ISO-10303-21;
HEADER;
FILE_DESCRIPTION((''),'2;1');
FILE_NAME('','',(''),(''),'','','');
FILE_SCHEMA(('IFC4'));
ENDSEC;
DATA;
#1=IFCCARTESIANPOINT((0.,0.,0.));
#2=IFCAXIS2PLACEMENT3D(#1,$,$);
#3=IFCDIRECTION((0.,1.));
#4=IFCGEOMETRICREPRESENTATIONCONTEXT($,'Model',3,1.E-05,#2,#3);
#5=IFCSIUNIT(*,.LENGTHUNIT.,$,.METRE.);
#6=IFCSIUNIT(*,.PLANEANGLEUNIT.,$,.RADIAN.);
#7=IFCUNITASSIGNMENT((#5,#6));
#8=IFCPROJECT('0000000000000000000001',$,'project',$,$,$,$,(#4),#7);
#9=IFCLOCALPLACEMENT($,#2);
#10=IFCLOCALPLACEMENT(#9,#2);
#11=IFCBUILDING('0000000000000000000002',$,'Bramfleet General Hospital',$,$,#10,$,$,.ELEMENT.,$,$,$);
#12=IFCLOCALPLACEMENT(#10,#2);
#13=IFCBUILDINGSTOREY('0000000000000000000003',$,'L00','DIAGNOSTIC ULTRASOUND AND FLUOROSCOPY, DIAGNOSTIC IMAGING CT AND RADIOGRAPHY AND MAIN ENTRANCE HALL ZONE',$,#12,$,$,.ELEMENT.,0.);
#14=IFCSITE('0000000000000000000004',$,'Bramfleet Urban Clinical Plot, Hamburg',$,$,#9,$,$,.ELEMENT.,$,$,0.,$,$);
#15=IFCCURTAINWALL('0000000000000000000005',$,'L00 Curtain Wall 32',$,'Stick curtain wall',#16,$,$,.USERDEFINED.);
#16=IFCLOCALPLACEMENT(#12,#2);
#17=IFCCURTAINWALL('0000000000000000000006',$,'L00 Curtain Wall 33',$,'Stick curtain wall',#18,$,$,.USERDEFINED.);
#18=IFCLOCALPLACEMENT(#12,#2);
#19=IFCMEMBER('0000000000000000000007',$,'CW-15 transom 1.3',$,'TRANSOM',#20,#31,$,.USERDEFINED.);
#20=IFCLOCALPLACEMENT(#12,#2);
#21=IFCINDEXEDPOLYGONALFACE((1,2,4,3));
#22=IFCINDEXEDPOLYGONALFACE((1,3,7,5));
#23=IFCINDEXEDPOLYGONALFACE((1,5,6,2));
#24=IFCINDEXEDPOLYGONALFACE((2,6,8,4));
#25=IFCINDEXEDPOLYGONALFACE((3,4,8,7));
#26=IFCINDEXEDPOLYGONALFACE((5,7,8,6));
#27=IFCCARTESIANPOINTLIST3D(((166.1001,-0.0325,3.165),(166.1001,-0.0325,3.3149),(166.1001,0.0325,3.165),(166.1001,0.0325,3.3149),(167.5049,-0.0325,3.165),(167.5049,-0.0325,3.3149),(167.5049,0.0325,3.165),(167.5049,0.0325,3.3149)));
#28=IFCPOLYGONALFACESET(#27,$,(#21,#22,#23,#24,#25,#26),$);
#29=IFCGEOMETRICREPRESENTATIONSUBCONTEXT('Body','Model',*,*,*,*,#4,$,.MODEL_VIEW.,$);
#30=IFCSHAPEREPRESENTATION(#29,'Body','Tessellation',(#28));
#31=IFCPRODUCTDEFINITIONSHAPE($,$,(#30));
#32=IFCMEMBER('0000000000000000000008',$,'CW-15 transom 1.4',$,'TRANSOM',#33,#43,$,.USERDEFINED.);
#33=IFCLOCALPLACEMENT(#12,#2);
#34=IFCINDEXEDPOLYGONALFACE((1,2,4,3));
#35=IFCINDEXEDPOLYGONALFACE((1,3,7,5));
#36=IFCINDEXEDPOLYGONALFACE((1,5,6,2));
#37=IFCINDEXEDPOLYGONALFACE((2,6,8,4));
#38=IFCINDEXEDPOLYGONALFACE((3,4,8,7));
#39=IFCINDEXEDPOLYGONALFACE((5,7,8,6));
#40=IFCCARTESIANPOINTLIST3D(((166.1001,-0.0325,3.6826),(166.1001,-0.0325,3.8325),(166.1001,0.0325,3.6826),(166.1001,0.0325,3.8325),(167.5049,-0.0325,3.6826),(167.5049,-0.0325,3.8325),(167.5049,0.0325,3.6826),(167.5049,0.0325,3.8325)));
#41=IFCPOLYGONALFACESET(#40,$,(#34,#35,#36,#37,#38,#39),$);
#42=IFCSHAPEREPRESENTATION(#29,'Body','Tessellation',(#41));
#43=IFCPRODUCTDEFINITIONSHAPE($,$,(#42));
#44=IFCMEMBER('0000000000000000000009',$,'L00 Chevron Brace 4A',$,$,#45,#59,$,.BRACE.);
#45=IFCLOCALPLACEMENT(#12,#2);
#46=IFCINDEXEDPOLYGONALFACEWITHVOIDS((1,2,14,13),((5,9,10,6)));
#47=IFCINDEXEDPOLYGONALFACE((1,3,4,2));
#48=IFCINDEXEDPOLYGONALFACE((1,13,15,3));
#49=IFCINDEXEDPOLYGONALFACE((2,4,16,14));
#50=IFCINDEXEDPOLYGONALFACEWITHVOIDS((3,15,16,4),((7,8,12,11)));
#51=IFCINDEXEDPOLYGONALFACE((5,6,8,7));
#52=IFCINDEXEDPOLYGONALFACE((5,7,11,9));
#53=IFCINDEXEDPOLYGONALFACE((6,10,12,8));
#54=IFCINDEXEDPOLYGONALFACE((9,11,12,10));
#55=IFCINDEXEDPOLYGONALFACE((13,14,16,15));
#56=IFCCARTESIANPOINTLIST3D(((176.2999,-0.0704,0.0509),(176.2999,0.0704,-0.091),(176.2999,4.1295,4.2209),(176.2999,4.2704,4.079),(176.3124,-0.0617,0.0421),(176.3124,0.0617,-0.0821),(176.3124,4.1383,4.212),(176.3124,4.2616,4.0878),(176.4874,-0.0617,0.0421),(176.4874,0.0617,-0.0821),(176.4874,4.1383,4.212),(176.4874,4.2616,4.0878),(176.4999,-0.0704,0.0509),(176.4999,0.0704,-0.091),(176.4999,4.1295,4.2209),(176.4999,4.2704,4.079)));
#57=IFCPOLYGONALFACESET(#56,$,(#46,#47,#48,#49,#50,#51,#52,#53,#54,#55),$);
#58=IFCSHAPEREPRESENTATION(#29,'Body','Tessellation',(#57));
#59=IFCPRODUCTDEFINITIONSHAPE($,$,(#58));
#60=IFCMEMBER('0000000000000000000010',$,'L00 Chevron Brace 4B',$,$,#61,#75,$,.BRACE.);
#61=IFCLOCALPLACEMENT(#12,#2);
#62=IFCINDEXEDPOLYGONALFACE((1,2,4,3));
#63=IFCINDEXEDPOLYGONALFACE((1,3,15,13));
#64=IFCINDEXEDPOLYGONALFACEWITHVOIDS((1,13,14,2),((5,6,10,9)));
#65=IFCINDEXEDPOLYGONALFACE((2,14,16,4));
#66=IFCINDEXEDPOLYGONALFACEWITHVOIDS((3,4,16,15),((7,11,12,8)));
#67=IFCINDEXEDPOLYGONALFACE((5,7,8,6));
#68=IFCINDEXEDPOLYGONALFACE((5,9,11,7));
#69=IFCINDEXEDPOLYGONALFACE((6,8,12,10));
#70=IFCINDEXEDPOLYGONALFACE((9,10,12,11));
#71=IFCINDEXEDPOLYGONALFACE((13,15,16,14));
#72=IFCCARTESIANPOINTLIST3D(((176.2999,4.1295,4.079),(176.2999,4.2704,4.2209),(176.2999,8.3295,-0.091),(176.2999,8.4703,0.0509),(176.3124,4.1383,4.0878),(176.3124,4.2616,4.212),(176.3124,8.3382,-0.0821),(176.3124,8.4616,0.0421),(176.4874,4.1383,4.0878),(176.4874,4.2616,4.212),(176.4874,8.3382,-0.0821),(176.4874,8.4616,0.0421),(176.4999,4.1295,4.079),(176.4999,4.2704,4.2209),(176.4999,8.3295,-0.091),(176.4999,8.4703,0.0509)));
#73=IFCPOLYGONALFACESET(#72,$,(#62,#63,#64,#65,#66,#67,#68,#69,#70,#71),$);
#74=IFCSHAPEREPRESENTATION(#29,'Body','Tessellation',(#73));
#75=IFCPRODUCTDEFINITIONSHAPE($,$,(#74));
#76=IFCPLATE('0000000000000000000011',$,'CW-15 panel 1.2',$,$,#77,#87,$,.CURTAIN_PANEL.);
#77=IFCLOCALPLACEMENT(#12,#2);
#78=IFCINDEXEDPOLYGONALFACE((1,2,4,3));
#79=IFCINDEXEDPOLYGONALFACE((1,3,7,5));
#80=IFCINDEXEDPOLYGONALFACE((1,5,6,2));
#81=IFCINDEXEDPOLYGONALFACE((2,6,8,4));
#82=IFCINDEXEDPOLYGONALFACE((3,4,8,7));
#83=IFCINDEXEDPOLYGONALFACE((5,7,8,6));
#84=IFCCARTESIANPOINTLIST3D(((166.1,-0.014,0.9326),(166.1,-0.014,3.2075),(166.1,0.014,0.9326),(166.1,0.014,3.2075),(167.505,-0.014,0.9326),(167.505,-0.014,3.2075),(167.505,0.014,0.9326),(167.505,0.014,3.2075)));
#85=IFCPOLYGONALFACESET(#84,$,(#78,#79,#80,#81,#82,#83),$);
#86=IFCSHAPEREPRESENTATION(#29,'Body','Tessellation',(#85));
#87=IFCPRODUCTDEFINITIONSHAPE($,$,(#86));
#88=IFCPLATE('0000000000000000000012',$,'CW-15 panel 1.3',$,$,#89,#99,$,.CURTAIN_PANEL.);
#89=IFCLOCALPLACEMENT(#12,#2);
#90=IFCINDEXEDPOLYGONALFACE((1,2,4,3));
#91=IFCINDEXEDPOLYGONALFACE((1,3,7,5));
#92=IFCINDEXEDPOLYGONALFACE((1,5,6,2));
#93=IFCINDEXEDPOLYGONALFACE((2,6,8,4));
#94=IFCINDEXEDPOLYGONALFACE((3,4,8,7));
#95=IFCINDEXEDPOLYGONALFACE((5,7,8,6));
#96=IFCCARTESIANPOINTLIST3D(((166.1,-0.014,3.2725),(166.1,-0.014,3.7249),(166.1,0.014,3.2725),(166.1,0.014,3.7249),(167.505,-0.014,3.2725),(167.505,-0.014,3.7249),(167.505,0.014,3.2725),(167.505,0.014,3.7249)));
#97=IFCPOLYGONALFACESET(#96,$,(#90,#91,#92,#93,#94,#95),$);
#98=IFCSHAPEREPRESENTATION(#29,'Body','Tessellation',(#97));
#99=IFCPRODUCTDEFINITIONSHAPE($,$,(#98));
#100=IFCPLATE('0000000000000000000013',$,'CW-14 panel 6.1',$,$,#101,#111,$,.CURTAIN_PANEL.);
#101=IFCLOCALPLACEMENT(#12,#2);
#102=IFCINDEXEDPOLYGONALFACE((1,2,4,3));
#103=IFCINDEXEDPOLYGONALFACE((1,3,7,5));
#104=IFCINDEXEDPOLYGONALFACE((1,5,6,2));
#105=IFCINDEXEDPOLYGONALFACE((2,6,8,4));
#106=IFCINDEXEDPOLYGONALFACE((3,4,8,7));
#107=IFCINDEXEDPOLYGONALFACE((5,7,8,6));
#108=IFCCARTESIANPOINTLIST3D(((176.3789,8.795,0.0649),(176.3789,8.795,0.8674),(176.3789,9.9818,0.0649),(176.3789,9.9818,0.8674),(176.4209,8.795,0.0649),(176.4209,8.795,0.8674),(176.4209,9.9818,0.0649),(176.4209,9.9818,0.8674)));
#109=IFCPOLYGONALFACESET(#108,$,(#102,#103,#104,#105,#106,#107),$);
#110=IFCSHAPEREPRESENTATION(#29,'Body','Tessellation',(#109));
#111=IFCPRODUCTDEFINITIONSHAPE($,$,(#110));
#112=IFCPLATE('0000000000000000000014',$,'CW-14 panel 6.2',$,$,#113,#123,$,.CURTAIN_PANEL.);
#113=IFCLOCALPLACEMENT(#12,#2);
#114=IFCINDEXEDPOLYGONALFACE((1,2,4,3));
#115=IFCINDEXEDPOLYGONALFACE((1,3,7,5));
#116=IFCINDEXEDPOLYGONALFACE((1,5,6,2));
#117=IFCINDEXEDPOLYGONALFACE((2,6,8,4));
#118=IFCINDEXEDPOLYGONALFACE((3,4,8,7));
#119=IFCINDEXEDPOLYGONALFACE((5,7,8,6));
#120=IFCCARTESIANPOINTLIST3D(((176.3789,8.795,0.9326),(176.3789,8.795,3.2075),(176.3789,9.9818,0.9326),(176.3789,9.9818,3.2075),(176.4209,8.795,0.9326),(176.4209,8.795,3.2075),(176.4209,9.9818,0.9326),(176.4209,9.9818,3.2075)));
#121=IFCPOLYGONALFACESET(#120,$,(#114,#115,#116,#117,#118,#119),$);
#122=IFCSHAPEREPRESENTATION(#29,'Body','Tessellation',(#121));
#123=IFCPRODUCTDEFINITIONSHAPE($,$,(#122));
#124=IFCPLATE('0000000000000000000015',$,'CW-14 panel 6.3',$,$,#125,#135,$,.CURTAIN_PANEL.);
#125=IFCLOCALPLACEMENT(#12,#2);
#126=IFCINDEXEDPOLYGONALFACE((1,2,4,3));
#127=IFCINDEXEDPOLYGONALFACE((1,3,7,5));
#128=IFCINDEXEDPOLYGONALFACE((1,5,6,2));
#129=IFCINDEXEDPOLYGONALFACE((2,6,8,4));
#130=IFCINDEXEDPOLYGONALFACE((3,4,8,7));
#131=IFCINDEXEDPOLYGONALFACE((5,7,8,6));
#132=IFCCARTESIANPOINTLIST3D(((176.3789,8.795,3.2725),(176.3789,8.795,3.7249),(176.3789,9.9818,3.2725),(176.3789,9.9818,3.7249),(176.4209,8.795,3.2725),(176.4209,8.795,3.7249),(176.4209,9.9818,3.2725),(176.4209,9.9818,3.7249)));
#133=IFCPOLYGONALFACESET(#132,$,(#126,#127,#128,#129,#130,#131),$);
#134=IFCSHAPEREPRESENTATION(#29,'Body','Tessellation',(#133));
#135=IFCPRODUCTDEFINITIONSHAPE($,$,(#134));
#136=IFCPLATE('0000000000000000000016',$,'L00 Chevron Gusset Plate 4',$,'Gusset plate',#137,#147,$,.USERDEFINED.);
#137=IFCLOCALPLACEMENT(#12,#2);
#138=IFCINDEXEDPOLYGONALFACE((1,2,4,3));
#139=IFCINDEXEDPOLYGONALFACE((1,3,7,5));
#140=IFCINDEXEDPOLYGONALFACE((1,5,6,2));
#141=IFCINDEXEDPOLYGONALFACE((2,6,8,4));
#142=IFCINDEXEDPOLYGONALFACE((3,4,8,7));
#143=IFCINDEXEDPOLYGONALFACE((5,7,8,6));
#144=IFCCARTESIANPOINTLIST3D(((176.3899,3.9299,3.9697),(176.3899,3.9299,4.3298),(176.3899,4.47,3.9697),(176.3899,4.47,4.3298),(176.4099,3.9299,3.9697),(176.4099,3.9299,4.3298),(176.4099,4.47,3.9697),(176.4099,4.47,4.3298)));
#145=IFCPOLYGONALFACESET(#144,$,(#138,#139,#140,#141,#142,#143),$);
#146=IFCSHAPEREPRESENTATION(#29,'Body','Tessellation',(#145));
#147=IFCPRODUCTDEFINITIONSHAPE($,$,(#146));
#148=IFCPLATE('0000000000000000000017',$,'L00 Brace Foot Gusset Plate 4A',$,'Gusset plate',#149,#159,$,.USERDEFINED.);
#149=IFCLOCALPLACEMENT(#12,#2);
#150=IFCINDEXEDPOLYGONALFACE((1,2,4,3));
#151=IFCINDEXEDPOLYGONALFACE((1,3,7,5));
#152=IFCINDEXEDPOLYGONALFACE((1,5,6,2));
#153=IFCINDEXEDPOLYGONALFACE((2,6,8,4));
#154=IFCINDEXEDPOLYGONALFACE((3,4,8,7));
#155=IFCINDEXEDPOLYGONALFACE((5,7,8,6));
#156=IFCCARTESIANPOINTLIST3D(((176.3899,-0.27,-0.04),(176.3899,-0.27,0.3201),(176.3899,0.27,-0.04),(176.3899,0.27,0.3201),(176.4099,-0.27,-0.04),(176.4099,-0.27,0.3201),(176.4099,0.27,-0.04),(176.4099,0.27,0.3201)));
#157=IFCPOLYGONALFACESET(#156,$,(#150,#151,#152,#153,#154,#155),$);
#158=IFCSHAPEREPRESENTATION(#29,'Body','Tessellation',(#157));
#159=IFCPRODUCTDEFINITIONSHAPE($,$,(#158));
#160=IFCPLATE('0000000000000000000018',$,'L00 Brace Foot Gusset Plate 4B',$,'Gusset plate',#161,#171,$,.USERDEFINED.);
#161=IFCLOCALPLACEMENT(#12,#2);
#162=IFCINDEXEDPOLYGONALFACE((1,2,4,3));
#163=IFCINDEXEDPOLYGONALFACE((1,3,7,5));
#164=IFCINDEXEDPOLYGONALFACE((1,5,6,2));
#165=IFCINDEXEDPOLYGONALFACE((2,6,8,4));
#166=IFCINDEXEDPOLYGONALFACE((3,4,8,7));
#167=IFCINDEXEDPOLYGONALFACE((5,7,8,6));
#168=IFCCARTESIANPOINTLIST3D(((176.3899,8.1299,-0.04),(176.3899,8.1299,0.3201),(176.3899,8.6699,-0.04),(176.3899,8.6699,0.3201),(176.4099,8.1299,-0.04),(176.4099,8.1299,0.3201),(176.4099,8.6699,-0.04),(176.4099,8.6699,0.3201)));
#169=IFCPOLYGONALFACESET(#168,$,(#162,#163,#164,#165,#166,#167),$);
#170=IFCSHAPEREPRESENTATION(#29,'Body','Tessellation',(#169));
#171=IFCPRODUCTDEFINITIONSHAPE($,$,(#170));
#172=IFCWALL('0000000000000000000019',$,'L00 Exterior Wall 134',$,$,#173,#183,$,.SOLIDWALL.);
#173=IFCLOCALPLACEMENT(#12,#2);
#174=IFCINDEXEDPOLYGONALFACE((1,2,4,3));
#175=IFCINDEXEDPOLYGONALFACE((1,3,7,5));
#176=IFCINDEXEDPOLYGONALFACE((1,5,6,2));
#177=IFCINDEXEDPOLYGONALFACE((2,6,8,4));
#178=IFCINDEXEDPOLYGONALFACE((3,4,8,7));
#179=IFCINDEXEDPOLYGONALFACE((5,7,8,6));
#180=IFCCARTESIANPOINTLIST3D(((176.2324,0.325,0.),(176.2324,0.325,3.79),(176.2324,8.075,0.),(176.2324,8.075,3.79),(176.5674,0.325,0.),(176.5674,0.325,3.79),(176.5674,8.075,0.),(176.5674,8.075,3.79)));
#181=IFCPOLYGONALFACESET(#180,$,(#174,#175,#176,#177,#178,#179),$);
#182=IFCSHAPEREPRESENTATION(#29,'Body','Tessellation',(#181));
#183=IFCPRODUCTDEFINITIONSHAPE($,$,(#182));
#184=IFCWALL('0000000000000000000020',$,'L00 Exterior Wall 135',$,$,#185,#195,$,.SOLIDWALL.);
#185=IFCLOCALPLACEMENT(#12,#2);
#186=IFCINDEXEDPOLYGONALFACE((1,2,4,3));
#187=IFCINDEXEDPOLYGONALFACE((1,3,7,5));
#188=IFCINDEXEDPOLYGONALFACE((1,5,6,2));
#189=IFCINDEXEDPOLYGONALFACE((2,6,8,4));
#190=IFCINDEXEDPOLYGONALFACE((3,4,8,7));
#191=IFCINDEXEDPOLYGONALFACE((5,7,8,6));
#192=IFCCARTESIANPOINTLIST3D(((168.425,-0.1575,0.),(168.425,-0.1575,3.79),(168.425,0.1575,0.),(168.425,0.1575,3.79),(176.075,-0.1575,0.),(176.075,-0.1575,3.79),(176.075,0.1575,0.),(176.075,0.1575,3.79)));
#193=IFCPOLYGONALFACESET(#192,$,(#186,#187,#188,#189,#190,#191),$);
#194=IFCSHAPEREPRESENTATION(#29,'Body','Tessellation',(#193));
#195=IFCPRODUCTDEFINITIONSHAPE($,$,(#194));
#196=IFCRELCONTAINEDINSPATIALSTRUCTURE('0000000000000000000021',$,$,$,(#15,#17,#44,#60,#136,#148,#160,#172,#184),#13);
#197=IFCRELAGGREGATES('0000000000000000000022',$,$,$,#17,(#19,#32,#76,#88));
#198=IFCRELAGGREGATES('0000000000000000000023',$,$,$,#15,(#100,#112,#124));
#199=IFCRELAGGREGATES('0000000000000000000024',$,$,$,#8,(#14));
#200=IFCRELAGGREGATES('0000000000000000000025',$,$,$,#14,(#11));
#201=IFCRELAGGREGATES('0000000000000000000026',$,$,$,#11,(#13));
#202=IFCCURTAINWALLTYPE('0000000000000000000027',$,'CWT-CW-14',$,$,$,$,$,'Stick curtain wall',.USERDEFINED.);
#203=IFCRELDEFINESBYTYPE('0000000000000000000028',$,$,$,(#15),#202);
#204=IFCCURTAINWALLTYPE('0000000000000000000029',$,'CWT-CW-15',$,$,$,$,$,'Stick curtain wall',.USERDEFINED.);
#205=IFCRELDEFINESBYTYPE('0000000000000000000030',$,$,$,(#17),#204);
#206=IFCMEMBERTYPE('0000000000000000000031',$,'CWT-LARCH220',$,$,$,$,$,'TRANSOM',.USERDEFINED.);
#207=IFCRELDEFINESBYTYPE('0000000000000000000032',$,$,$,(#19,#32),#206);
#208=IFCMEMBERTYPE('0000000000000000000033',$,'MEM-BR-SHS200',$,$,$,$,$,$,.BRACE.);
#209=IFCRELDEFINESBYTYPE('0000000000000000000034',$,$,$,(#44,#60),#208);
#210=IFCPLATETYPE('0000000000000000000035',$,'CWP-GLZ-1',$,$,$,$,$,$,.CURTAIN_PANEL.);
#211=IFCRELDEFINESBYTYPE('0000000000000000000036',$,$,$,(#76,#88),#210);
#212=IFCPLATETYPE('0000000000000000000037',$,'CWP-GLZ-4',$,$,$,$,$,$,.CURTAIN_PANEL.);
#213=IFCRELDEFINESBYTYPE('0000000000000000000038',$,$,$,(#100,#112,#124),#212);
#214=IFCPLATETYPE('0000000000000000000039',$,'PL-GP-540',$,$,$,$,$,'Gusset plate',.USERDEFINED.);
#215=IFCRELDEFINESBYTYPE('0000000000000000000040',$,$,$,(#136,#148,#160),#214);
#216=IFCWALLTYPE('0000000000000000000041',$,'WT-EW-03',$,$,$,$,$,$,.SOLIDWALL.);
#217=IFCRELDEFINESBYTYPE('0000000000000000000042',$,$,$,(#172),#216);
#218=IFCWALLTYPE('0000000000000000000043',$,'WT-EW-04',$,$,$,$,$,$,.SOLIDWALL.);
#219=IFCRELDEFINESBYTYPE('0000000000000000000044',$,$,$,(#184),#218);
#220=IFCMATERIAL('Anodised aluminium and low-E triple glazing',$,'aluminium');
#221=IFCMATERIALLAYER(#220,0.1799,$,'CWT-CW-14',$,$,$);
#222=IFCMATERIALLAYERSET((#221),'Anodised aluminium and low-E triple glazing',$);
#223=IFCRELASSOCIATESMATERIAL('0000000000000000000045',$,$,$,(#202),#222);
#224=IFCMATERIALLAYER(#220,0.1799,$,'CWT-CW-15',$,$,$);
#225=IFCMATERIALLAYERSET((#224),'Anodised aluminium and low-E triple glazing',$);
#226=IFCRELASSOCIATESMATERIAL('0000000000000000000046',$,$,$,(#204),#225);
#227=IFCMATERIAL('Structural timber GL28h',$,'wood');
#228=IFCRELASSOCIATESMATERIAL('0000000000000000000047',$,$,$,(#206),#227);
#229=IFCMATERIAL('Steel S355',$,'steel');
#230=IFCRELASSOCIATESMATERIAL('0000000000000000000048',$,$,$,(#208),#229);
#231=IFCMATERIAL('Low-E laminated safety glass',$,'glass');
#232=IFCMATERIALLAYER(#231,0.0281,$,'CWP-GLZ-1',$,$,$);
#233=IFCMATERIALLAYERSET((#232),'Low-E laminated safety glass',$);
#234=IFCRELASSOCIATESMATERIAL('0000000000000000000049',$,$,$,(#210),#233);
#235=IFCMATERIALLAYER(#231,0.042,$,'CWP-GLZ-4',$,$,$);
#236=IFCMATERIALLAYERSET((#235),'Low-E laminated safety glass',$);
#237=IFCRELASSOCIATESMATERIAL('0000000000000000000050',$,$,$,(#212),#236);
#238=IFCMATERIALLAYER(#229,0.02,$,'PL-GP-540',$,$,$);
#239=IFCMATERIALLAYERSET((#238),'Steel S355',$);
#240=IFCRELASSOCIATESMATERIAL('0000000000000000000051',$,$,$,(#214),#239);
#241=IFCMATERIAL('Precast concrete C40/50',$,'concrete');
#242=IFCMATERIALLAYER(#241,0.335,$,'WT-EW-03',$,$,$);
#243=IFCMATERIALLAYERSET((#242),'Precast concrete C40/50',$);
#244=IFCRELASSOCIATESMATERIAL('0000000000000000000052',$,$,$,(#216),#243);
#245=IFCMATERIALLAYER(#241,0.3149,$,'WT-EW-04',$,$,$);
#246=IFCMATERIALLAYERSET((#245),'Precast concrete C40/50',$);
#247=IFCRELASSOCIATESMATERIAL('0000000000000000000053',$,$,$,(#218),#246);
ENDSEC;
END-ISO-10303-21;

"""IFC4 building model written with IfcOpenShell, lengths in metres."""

from ifc_helpers import new_model, si_unit, direction, frame, frame_2d, origin, origin_2d, place, context, subcontext, project, spatial, rectangle, hollow_rectangle, extrude, material, layer, layer_set, material_profile, profile_set, type_object, element, aggregate, save


model = new_model("IFC4")

# Units and contexts
model_context = context("Model", 3, precision=1e-05, world=origin(), true_north=direction((0.0, 1.0)))
body_context = subcontext(model_context, "Body", "Model", "MODEL_VIEW")
ifc_project = project(units=[si_unit("LENGTHUNIT", "METRE"), si_unit("PLANEANGLEUNIT", "RADIAN")], contexts=[model_context])

# Site, building, storey
site_placement = place(None, origin())
site = spatial("IfcSite", under=ifc_project, at=site_placement, Name="Bramfleet Urban Clinical Plot, Hamburg", CompositionType="ELEMENT", RefElevation=0.0)
building_placement = place(site_placement, origin())
building = spatial("IfcBuilding", under=site, at=building_placement, Name="Bramfleet General Hospital", CompositionType="ELEMENT")
storey_placement = place(building_placement, origin())
storey = spatial("IfcBuildingStorey", under=building, at=storey_placement, Name="L00", Description="DIAGNOSTIC ULTRASOUND AND FLUOROSCOPY, DIAGNOSTIC IMAGING CT AND RADIOGRAPHY AND MAIN ENTRANCE HALL ZONE", CompositionType="ELEMENT", Elevation=0.0)

# Curtain wall
ifc_material_1 = material(Name="Anodised aluminium and low-E triple glazing", Category="aluminium")
ifc_layer_1 = layer(ifc_material_1, 0.1799, Name="CWT-CW-14")
ifc_layer_set_1 = layer_set([ifc_layer_1], Name="Anodised aluminium and low-E triple glazing")
curtain_wall_type_1 = type_object("IfcCurtainWallType", Name="CWT-CW-14", ElementType="Stick curtain wall", PredefinedType="USERDEFINED", material=ifc_layer_set_1)
curtain_wall_1_placement = place(storey_placement, origin())
curtain_wall_1 = element("IfcCurtainWall", 1, at=curtain_wall_1_placement, inside=storey, type_object=curtain_wall_type_1, Name="L00 Curtain Wall 32", ObjectType="Stick curtain wall", PredefinedType="USERDEFINED")
ifc_material_2 = material(Name="Structural timber GL28h", Category="wood")

# Curtain wall, members
ifc_layer_2 = layer(ifc_material_1, 0.1799, Name="CWT-CW-15")
ifc_layer_set_2 = layer_set([ifc_layer_2], Name="Anodised aluminium and low-E triple glazing")
curtain_wall_type_2 = type_object("IfcCurtainWallType", Name="CWT-CW-15", ElementType="Stick curtain wall", PredefinedType="USERDEFINED", material=ifc_layer_set_2)
curtain_wall_2_placement = place(storey_placement, origin())
curtain_wall_2 = element("IfcCurtainWall", 2, at=curtain_wall_2_placement, inside=storey, type_object=curtain_wall_type_2, Name="L00 Curtain Wall 33", ObjectType="Stick curtain wall", PredefinedType="USERDEFINED")
ifc_material_profile_1 = material_profile(ifc_material_2, rectangle(XDim=0.0649, YDim=0.1499, at=origin_2d()), Name="LARCH 150x65")
ifc_profile_set_1 = profile_set([ifc_material_profile_1], Name="Structural timber GL28h")
member_type_1 = type_object("IfcMemberType", Name="CWT-LARCH220", ElementType="TRANSOM", PredefinedType="USERDEFINED", material=ifc_profile_set_1)
member_1_placement = place(storey_placement, frame((167.5049, 0.0, 3.24), z_axis=(-1.0, 0.0, 0.0), x_axis=(0.0, -1.0, 0.0)))
member_1 = element("IfcMember", 3, at=member_1_placement, type_object=member_type_1, Name="CW-15 transom 1.3", ObjectType="TRANSOM", PredefinedType="USERDEFINED", context=body_context, shape_type="SweptSolid", body=[
    extrude(rectangle(XDim=0.0649, YDim=0.1499, at=origin_2d()), origin(), (0.0, 0.0, 1.0), 1.4048),
])
member_2_placement = place(storey_placement, frame((167.5049, 0.0, 3.7576), z_axis=(-1.0, 0.0, 0.0), x_axis=(0.0, -1.0, 0.0)))
member_2 = element("IfcMember", 4, at=member_2_placement, type_object=member_type_1, Name="CW-15 transom 1.4", ObjectType="TRANSOM", PredefinedType="USERDEFINED", context=body_context, shape_type="SweptSolid", body=[
    extrude(rectangle(XDim=0.0649, YDim=0.1499, at=origin_2d()), origin(), (0.0, 0.0, 1.0), 1.4048),
])

# Members
ifc_material_3 = material(Name="Steel S355", Category="steel")
ifc_material_profile_2 = material_profile(ifc_material_3, hollow_rectangle(XDim=0.2, YDim=0.2, WallThickness=0.0125, at=origin_2d()), Name="SHS 200x200x12.5")
ifc_profile_set_2 = profile_set([ifc_material_profile_2], Name="Steel S355")
member_type_2 = type_object("IfcMemberType", Name="MEM-BR-SHS200", PredefinedType="BRACE", material=ifc_profile_set_2)
for number, where, z_axis, x_axis, name in (
    (5, (176.3999, 0.0, -0.02), (0.0, 0.709639, 0.704565), (-1.0, 0.0, 0.0), "L00 Chevron Brace 4A"),
    (6, (176.3999, 8.3999, -0.02), (0.0, -0.709639, 0.704565), (1.0, 0.0, 0.0), "L00 Chevron Brace 4B"),
):
    element("IfcMember", number, at=place(storey_placement, frame(where, z_axis=z_axis, x_axis=x_axis)), inside=storey, type_object=member_type_2, Name=name, PredefinedType="BRACE", context=body_context, shape_type="SweptSolid", body=[
        extrude(hollow_rectangle(XDim=0.2, YDim=0.2, WallThickness=0.0125, at=origin_2d()), origin(), (0.0, 0.0, 1.0), 5.9185),
    ])

# Plates
ifc_material_4 = material(Name="Low-E laminated safety glass", Category="glass")
ifc_layer_3 = layer(ifc_material_4, 0.0281, Name="CWP-GLZ-1")
ifc_layer_set_3 = layer_set([ifc_layer_3], Name="Low-E laminated safety glass")
plate_type_1 = type_object("IfcPlateType", Name="CWP-GLZ-1", PredefinedType="CURTAIN_PANEL", material=ifc_layer_set_3)
plate_1_placement = place(storey_placement, frame((166.8025, 0.0, 0.9326), z_axis=(0.0, 0.0, 1.0), x_axis=(-1.0, 0.0, 0.0)))
plate_1 = element("IfcPlate", 7, at=plate_1_placement, type_object=plate_type_1, Name="CW-15 panel 1.2", PredefinedType="CURTAIN_PANEL", context=body_context, shape_type="SweptSolid", body=[
    extrude(rectangle(XDim=1.405, YDim=0.0281, at=origin_2d()), origin(), (0.0, 0.0, 1.0), 2.2749),
])
plate_2_placement = place(storey_placement, frame((166.8025, 0.0, 3.2725), z_axis=(0.0, 0.0, 1.0), x_axis=(-1.0, 0.0, 0.0)))
plate_2 = element("IfcPlate", 8, at=plate_2_placement, type_object=plate_type_1, Name="CW-15 panel 1.3", PredefinedType="CURTAIN_PANEL", context=body_context, shape_type="SweptSolid", body=[
    extrude(rectangle(XDim=1.405, YDim=0.0281, at=origin_2d()), origin(), (0.0, 0.0, 1.0), 0.4524),
])
aggregate(curtain_wall_2, [member_1, member_2, plate_1, plate_2])
ifc_layer_4 = layer(ifc_material_4, 0.042, Name="CWP-GLZ-4")
ifc_layer_set_4 = layer_set([ifc_layer_4], Name="Low-E laminated safety glass")
plate_type_2 = type_object("IfcPlateType", Name="CWP-GLZ-4", PredefinedType="CURTAIN_PANEL", material=ifc_layer_set_4)
plate_3_placement = place(storey_placement, frame((176.3999, 9.3884, 0.0649), z_axis=(0.0, 0.0, 1.0), x_axis=(0.0, -1.0, 0.0)))
plate_3 = element("IfcPlate", 9, at=plate_3_placement, type_object=plate_type_2, Name="CW-14 panel 6.1", PredefinedType="CURTAIN_PANEL", context=body_context, shape_type="SweptSolid", body=[
    extrude(rectangle(XDim=1.1868, YDim=0.042, at=origin_2d()), origin(), (0.0, 0.0, 1.0), 0.8025),
])
plate_4_placement = place(storey_placement, frame((176.3999, 9.3884, 0.9326), z_axis=(0.0, 0.0, 1.0), x_axis=(0.0, -1.0, 0.0)))
plate_4 = element("IfcPlate", 10, at=plate_4_placement, type_object=plate_type_2, Name="CW-14 panel 6.2", PredefinedType="CURTAIN_PANEL", context=body_context, shape_type="SweptSolid", body=[
    extrude(rectangle(XDim=1.1868, YDim=0.042, at=origin_2d()), origin(), (0.0, 0.0, 1.0), 2.2749),
])
plate_5_placement = place(storey_placement, frame((176.3999, 9.3884, 3.2725), z_axis=(0.0, 0.0, 1.0), x_axis=(0.0, -1.0, 0.0)))
plate_5 = element("IfcPlate", 11, at=plate_5_placement, type_object=plate_type_2, Name="CW-14 panel 6.3", PredefinedType="CURTAIN_PANEL", context=body_context, shape_type="SweptSolid", body=[
    extrude(rectangle(XDim=1.1868, YDim=0.042, at=origin_2d()), origin(), (0.0, 0.0, 1.0), 0.4524),
])
aggregate(curtain_wall_1, [plate_3, plate_4, plate_5])

# Plates
ifc_layer_5 = layer(ifc_material_3, 0.02, Name="PL-GP-540")
ifc_layer_set_5 = layer_set([ifc_layer_5], Name="Steel S355")
plate_type_3 = type_object("IfcPlateType", Name="PL-GP-540", ElementType="Gusset plate", PredefinedType="USERDEFINED", material=ifc_layer_set_5)
for number, where, z_axis, x_axis, name in (
    (12, (176.3999, 4.2, 3.9697), (0.0, 0.0, 1.0), (1.0, 0.0, 0.0), "L00 Chevron Gusset Plate 4"),
    (13, (176.3999, 0.0, -0.04), (0.0, 0.0, 1.0), (1.0, 0.0, 0.0), "L00 Brace Foot Gusset Plate 4A"),
    (14, (176.3999, 8.3999, -0.04), (0.0, 0.0, 1.0), (1.0, 0.0, 0.0), "L00 Brace Foot Gusset Plate 4B"),
):
    element("IfcPlate", number, at=place(storey_placement, frame(where, z_axis=z_axis, x_axis=x_axis)), inside=storey, type_object=plate_type_3, Name=name, ObjectType="Gusset plate", PredefinedType="USERDEFINED", context=body_context, shape_type="SweptSolid", body=[
        extrude(rectangle(XDim=0.02, YDim=0.54, at=origin_2d()), origin(), (0.0, 0.0, 1.0), 0.3601),
    ])

# Walls
ifc_material_5 = material(Name="Precast concrete C40/50", Category="concrete")
ifc_layer_6 = layer(ifc_material_5, 0.335, Name="WT-EW-03")
ifc_layer_set_6 = layer_set([ifc_layer_6], Name="Precast concrete C40/50")
wall_type_1 = type_object("IfcWallType", Name="WT-EW-03", PredefinedType="SOLIDWALL", material=ifc_layer_set_6)
wall_1_placement = place(storey_placement, frame((176.3999, 8.075, 0.0), z_axis=(0.0, 0.0, 1.0), x_axis=(0.0, -1.0, 0.0)))
element("IfcWall", 15, at=wall_1_placement, inside=storey, type_object=wall_type_1, Name="L00 Exterior Wall 134", PredefinedType="SOLIDWALL", context=body_context, shape_type="SweptSolid", body=[
    extrude(rectangle(XDim=7.75, YDim=0.335, at=frame_2d((3.875, 0.0))), origin(), (0.0, 0.0, 1.0), 3.79),
])
ifc_layer_7 = layer(ifc_material_5, 0.3149, Name="WT-EW-04")
ifc_layer_set_7 = layer_set([ifc_layer_7], Name="Precast concrete C40/50")
wall_type_2 = type_object("IfcWallType", Name="WT-EW-04", PredefinedType="SOLIDWALL", material=ifc_layer_set_7)
wall_2_placement = place(storey_placement, frame((176.075, 0.0, 0.0), z_axis=(0.0, 0.0, 1.0), x_axis=(-1.0, 0.0, 0.0)))
element("IfcWall", 16, at=wall_2_placement, inside=storey, type_object=wall_type_2, Name="L00 Exterior Wall 135", PredefinedType="SOLIDWALL", context=body_context, shape_type="SweptSolid", body=[
    extrude(rectangle(XDim=7.6499, YDim=0.3149, at=frame_2d((3.825, 0.0))), origin(), (0.0, 0.0, 1.0), 3.79),
])

save(model, "model.ifc")
